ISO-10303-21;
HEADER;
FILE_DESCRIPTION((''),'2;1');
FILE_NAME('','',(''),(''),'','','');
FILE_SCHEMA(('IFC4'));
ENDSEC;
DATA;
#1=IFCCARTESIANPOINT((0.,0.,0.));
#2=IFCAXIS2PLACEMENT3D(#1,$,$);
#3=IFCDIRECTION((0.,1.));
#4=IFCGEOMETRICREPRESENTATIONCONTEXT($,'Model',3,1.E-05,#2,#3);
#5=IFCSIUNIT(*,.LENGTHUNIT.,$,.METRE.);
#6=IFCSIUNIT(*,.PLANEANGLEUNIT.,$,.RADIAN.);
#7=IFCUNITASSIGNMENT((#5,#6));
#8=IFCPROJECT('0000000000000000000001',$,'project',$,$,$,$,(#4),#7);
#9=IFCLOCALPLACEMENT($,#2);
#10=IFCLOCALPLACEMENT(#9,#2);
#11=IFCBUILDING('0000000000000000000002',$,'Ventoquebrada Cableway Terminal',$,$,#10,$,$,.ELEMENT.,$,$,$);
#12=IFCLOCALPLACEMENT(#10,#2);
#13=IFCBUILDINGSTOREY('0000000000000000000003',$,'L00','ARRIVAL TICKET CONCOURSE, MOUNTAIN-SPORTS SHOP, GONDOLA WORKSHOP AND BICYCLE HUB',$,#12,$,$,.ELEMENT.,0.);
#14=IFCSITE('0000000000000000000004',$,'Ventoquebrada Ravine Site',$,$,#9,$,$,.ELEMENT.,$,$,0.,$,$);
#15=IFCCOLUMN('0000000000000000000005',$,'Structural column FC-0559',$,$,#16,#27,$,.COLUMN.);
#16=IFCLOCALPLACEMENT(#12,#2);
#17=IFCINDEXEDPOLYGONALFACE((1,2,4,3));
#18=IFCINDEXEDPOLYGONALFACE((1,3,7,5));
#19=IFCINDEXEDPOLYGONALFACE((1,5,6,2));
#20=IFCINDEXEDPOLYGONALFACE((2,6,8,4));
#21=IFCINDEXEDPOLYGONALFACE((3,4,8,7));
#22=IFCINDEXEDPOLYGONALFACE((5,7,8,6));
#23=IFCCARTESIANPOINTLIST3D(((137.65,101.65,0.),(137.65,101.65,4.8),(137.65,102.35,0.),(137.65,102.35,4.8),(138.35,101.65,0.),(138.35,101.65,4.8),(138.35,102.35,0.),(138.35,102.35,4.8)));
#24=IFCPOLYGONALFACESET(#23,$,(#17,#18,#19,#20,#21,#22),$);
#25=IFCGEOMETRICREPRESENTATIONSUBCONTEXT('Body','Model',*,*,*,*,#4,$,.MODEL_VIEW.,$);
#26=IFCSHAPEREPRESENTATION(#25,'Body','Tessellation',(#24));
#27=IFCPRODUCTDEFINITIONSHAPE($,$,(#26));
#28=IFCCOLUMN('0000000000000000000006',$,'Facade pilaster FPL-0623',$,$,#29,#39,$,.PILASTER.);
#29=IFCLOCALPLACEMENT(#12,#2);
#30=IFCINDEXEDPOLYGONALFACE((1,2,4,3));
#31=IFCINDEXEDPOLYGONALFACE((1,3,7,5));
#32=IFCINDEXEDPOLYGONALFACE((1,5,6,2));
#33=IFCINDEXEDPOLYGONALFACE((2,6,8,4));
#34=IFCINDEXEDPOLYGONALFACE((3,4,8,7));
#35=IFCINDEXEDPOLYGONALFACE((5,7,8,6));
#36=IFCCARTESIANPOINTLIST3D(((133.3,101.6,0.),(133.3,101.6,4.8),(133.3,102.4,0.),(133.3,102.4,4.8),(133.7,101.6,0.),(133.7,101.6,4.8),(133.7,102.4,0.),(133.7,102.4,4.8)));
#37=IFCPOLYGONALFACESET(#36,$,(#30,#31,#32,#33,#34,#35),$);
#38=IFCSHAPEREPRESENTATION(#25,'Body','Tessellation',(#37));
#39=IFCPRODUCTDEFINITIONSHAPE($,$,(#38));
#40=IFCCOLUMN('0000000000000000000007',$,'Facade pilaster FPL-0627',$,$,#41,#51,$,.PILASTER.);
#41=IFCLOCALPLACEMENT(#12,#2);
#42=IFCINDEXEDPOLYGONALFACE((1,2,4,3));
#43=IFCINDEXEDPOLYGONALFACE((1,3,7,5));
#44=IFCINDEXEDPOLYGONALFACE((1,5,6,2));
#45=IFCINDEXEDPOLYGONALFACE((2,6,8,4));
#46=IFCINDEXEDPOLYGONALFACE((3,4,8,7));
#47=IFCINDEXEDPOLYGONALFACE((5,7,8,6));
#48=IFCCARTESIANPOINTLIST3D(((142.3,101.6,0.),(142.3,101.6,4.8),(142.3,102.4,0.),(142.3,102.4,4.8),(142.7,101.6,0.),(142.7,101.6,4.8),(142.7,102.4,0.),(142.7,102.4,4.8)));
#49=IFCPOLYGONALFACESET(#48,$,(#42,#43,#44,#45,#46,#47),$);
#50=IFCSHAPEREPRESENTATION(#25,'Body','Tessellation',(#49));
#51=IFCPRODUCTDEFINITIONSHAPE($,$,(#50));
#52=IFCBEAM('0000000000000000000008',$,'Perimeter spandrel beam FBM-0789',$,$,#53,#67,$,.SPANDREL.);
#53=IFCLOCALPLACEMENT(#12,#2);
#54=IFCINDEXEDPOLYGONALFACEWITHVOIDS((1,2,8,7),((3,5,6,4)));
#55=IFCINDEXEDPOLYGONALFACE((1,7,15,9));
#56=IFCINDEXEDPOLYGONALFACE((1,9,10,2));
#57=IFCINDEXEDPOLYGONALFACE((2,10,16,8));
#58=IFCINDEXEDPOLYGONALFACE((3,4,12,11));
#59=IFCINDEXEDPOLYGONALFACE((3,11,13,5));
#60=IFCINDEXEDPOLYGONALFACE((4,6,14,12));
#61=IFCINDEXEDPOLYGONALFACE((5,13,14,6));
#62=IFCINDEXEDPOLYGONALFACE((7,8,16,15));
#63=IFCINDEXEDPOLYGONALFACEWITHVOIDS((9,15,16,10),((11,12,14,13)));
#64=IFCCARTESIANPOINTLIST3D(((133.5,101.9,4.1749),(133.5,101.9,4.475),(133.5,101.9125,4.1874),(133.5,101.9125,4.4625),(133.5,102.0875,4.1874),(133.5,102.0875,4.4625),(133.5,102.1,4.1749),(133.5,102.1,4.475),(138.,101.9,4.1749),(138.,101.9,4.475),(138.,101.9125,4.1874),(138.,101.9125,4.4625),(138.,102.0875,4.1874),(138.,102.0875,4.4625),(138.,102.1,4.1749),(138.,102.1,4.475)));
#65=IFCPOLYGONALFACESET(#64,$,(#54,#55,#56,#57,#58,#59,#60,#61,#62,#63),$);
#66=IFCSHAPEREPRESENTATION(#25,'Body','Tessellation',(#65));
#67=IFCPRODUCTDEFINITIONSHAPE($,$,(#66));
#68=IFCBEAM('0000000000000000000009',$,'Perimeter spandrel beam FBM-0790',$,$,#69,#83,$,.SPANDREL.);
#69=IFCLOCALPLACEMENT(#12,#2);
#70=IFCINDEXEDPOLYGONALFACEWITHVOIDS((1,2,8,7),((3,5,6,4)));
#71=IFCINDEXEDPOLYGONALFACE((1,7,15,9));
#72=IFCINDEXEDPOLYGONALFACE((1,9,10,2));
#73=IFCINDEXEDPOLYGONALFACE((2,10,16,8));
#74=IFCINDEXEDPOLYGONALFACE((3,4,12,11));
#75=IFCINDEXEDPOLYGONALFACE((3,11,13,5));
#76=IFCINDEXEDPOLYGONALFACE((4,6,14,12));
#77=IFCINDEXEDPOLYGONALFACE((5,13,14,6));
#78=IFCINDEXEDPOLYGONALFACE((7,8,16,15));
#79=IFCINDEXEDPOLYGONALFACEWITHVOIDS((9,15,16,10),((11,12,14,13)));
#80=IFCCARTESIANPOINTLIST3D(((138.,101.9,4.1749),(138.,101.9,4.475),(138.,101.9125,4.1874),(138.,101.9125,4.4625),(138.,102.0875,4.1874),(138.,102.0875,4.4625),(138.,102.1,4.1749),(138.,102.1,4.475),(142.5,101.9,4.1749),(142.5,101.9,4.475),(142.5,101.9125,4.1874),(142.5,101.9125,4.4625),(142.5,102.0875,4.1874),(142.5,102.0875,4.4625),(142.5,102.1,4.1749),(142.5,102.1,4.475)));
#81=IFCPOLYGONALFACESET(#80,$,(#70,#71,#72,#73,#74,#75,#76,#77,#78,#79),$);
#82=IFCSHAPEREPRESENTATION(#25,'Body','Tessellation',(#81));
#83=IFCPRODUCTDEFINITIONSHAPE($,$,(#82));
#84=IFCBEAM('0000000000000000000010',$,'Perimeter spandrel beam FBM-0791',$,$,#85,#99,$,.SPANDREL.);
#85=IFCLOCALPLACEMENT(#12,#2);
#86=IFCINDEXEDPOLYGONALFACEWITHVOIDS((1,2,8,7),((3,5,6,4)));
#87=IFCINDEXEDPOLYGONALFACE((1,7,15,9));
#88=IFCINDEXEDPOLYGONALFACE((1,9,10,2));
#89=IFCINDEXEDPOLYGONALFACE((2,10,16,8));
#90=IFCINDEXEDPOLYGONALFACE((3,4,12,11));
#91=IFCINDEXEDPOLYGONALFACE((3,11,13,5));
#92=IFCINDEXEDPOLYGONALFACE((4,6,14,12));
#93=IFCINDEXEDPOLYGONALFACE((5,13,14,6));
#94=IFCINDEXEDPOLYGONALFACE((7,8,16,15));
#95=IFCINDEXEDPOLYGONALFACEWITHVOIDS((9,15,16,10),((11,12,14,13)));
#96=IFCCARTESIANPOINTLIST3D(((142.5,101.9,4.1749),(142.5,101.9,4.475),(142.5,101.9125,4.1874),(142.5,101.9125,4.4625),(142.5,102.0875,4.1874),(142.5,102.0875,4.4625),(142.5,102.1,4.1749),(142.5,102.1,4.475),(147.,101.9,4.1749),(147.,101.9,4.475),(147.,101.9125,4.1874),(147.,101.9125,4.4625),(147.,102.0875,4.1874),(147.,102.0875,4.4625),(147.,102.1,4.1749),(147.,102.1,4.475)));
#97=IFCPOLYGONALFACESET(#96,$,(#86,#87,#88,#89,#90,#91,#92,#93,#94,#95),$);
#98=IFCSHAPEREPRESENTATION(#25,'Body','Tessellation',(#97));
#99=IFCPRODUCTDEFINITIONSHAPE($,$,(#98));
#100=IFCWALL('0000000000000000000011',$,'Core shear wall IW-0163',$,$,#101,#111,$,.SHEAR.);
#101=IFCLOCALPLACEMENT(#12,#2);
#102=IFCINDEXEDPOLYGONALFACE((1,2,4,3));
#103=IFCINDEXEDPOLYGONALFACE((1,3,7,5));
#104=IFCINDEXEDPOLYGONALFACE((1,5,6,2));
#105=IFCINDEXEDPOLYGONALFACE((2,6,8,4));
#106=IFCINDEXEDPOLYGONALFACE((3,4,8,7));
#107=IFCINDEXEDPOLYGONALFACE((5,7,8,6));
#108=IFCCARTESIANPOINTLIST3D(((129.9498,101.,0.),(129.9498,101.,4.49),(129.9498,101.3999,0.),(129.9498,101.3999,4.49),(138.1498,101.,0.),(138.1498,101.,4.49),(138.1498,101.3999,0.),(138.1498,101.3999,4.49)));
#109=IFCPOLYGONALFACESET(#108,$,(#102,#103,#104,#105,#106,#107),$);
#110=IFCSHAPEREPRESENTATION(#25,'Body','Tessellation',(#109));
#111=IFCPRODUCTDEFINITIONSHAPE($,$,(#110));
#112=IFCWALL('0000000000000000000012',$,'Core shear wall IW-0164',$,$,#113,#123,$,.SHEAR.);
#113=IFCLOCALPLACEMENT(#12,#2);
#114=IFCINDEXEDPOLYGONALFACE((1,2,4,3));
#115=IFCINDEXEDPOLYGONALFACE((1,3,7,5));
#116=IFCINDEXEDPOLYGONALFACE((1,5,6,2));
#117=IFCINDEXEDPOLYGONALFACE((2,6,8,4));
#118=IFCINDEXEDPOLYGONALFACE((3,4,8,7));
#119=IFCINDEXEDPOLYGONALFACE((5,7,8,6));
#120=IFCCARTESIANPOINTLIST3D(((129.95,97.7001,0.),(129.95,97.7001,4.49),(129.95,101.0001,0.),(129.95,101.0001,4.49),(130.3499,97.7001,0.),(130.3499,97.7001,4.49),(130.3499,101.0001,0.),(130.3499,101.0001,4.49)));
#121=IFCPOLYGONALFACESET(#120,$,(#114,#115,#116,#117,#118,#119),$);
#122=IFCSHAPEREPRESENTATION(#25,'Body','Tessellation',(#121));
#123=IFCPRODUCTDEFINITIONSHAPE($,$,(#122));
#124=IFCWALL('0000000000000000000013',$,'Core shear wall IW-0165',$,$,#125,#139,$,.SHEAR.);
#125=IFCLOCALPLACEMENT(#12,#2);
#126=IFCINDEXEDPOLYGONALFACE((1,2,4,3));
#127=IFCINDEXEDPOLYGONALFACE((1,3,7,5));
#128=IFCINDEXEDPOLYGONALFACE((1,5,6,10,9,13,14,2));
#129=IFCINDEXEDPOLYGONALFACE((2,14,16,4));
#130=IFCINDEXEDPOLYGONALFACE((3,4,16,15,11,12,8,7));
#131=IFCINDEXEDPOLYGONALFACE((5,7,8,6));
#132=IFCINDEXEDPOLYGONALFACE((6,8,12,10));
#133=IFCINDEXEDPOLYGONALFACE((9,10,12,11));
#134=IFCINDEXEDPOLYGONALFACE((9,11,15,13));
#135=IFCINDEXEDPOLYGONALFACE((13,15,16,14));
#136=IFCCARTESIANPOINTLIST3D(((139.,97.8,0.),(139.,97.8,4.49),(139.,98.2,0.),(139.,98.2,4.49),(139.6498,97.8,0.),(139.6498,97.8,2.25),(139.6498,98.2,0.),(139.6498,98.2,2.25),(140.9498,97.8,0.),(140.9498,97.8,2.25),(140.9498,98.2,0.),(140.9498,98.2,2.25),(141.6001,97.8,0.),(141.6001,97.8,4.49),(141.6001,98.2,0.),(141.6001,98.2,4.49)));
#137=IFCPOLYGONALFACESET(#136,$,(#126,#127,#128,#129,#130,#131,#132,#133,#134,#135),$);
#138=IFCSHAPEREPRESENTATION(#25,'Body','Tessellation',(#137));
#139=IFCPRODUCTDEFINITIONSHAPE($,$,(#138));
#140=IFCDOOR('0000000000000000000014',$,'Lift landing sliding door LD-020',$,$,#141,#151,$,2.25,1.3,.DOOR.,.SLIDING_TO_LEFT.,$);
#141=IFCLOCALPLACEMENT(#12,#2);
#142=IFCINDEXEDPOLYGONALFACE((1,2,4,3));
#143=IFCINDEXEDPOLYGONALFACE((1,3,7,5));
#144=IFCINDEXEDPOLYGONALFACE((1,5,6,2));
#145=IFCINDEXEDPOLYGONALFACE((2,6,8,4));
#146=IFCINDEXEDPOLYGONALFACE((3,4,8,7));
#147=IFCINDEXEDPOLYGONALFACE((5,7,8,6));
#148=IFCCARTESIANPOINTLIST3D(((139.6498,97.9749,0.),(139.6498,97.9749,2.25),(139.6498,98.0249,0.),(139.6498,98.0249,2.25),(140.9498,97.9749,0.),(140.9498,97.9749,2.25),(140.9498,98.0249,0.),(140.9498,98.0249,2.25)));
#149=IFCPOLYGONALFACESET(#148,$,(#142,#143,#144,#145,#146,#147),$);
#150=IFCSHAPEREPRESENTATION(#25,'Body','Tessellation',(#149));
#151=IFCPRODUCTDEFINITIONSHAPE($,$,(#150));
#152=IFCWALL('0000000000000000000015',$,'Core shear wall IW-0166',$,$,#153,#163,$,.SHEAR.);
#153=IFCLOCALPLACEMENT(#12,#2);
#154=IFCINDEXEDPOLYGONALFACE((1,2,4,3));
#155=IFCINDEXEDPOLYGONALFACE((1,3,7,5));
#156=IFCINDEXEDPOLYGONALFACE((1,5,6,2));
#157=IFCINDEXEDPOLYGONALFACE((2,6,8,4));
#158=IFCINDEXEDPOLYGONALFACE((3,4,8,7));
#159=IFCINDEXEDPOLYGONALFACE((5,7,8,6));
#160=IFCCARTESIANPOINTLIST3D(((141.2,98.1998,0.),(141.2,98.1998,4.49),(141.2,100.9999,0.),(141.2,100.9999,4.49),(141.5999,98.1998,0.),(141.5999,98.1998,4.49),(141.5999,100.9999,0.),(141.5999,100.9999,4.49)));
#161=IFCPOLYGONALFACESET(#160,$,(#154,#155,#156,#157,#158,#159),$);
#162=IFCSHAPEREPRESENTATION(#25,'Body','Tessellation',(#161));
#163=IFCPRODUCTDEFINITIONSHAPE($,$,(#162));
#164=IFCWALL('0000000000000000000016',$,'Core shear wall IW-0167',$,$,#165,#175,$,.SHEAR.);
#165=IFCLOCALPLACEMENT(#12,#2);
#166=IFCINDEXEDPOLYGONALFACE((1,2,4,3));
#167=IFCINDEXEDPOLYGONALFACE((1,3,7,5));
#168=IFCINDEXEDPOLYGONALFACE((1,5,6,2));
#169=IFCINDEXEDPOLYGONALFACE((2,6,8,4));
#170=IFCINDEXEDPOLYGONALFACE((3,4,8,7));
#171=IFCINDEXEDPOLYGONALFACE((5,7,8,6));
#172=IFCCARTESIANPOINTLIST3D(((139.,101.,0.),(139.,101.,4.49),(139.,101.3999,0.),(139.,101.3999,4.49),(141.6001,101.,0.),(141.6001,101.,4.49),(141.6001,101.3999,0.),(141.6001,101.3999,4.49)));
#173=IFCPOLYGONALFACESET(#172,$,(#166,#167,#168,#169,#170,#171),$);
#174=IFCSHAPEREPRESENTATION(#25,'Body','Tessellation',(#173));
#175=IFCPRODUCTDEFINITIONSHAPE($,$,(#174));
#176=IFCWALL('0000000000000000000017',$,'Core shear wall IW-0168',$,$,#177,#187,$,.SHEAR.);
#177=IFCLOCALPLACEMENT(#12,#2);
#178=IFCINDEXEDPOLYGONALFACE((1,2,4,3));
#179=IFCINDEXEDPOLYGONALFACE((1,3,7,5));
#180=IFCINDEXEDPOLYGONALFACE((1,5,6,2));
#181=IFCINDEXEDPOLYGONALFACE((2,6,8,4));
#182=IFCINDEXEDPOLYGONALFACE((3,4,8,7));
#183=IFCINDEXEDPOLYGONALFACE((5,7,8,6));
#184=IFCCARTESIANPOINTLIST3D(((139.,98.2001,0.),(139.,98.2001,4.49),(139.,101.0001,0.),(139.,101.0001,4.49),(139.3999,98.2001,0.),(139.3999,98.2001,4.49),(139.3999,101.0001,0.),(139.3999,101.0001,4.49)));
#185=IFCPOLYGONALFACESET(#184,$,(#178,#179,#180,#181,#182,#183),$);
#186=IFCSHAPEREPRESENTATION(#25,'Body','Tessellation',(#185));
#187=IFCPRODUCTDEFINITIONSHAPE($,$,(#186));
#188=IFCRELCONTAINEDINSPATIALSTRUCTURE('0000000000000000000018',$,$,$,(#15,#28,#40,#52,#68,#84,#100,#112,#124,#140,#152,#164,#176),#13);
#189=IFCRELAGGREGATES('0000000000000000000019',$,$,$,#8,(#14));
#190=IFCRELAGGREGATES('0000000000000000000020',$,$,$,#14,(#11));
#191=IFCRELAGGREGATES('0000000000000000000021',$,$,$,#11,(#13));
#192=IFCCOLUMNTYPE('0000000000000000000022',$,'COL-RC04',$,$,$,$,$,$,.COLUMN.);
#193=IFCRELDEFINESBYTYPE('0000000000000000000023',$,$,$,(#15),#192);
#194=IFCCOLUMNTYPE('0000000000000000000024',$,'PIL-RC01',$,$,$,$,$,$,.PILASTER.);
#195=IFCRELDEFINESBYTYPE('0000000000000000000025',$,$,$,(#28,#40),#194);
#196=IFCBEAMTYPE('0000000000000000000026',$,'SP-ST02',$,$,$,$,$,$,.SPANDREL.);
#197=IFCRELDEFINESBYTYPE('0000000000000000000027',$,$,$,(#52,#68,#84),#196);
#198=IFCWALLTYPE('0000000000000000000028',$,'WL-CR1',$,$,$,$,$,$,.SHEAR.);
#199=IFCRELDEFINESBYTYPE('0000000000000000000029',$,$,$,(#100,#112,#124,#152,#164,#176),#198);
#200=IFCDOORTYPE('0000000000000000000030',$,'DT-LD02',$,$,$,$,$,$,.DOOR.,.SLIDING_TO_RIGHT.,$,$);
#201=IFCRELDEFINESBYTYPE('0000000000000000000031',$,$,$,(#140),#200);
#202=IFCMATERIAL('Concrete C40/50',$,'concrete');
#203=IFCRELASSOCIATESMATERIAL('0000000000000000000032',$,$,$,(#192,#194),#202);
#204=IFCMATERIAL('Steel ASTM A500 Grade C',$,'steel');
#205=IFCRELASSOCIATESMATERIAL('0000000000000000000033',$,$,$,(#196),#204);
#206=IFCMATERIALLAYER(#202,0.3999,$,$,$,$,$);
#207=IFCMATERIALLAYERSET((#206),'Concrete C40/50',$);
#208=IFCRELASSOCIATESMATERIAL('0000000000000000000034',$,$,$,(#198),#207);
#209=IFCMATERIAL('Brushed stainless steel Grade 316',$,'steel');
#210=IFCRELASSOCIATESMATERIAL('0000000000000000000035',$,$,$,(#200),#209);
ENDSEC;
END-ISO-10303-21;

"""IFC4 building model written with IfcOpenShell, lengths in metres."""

from ifc_helpers import new_model, si_unit, direction, frame, frame_2d, origin, origin_2d, place, context, subcontext, project, spatial, rectangle, hollow_rectangle, extrude, material, layer, layer_set, material_profile, profile_set, type_object, element, fill, save


model = new_model("IFC4")

# Units and contexts
model_context = context("Model", 3, precision=1e-05, world=origin(), true_north=direction((0.0, 1.0)))
body_context = subcontext(model_context, "Body", "Model", "MODEL_VIEW")
ifc_project = project(units=[si_unit("LENGTHUNIT", "METRE"), si_unit("PLANEANGLEUNIT", "RADIAN")], contexts=[model_context])

# Site, building, storey
site_placement = place(None, origin())
site = spatial("IfcSite", under=ifc_project, at=site_placement, Name="Ventoquebrada Ravine Site", CompositionType="ELEMENT", RefElevation=0.0)
building_placement = place(site_placement, origin())
building = spatial("IfcBuilding", under=site, at=building_placement, Name="Ventoquebrada Cableway Terminal", CompositionType="ELEMENT")
storey_placement = place(building_placement, origin())
storey = spatial("IfcBuildingStorey", under=building, at=storey_placement, Name="L00", Description="ARRIVAL TICKET CONCOURSE, MOUNTAIN-SPORTS SHOP, GONDOLA WORKSHOP AND BICYCLE HUB", CompositionType="ELEMENT", Elevation=0.0)

# Columns
ifc_material_1 = material(Name="Concrete C40/50", Category="concrete")
ifc_material_profile_1 = material_profile(ifc_material_1, rectangle(XDim=0.7, YDim=0.7, at=origin_2d()), Name="RC-COL-700X700")
ifc_profile_set_1 = profile_set([ifc_material_profile_1], Name="Concrete C40/50")
column_type_1 = type_object("IfcColumnType", Name="COL-RC04", PredefinedType="COLUMN", material=ifc_profile_set_1)
column_placement = place(storey_placement, frame((138.0, 102.0, 0.0), z_axis=(0.0, 0.0, 1.0), x_axis=(1.0, 0.0, 0.0)))
element("IfcColumn", 1, at=column_placement, inside=storey, type_object=column_type_1, Name="Structural column FC-0559", PredefinedType="COLUMN", context=body_context, shape_type="SweptSolid", body=[
    extrude(rectangle(XDim=0.7, YDim=0.7, at=origin_2d()), origin(), (0.0, 0.0, 1.0), 4.8),
])
ifc_material_profile_2 = material_profile(ifc_material_1, rectangle(XDim=0.3999, YDim=0.8, at=origin_2d()), Name="RC-PIL-400X800")
ifc_profile_set_2 = profile_set([ifc_material_profile_2], Name="Concrete C40/50")
column_type_2 = type_object("IfcColumnType", Name="PIL-RC01", PredefinedType="PILASTER", material=ifc_profile_set_2)
for number, where, z_axis, x_axis, name in (
    (2, (133.5, 102.0, 0.0), (0.0, 0.0, 1.0), (1.0, 0.0, 0.0), "Facade pilaster FPL-0623"),
    (3, (142.5, 102.0, 0.0), (0.0, 0.0, 1.0), (1.0, 0.0, 0.0), "Facade pilaster FPL-0627"),
):
    element("IfcColumn", number, at=place(storey_placement, frame(where, z_axis=z_axis, x_axis=x_axis)), inside=storey, type_object=column_type_2, Name=name, PredefinedType="PILASTER", context=body_context, shape_type="SweptSolid", body=[
        extrude(rectangle(XDim=0.3999, YDim=0.8, at=origin_2d()), origin(), (0.0, 0.0, 1.0), 4.8),
    ])

# Beams
ifc_material_2 = material(Name="Steel ASTM A500 Grade C", Category="steel")
ifc_material_profile_3 = material_profile(ifc_material_2, hollow_rectangle(XDim=0.2, YDim=0.3, WallThickness=0.0125, at=origin_2d()), Name="RHS300X200X12.5")
ifc_profile_set_3 = profile_set([ifc_material_profile_3], Name="Steel ASTM A500 Grade C")
beam_type = type_object("IfcBeamType", Name="SP-ST02", PredefinedType="SPANDREL", material=ifc_profile_set_3)
for number, where, z_axis, x_axis, name in (
    (4, (133.5, 102.0, 4.325), (1.0, 0.0, 0.0), (0.0, 1.0, 0.0), "Perimeter spandrel beam FBM-0789"),
    (5, (138.0, 102.0, 4.325), (1.0, 0.0, 0.0), (0.0, 1.0, 0.0), "Perimeter spandrel beam FBM-0790"),
    (6, (142.5, 102.0, 4.325), (1.0, 0.0, 0.0), (0.0, 1.0, 0.0), "Perimeter spandrel beam FBM-0791"),
):
    element("IfcBeam", number, at=place(storey_placement, frame(where, z_axis=z_axis, x_axis=x_axis)), inside=storey, type_object=beam_type, Name=name, PredefinedType="SPANDREL", context=body_context, shape_type="SweptSolid", body=[
        extrude(hollow_rectangle(XDim=0.2, YDim=0.3, WallThickness=0.0125, at=origin_2d()), origin(), (0.0, 0.0, 1.0), 4.5),
    ])

# Walls
ifc_layer_1 = layer(ifc_material_1, 0.3999)
ifc_layer_set_1 = layer_set([ifc_layer_1], Name="Concrete C40/50")
wall_type_1 = type_object("IfcWallType", Name="WL-CR1", PredefinedType="SHEAR", material=ifc_layer_set_1)
wall_1_placement = place(storey_placement, frame((138.1499, 101.2, 0.0), z_axis=(0.0, 0.0, 1.0), x_axis=(-1.0, 0.0, 0.0)))
element("IfcWall", 7, at=wall_1_placement, inside=storey, type_object=wall_type_1, Name="Core shear wall IW-0163", PredefinedType="SHEAR", context=body_context, shape_type="SweptSolid", body=[
    extrude(rectangle(XDim=8.2, YDim=0.3999, at=frame_2d((4.1001, 0.0))), origin(), (0.0, 0.0, 1.0), 4.49),
])
wall_2_placement = place(storey_placement, frame((130.1499, 101.0, 0.0), z_axis=(0.0, 0.0, 1.0), x_axis=(0.0, -1.0, 0.0)))
element("IfcWall", 8, at=wall_2_placement, inside=storey, type_object=wall_type_1, Name="Core shear wall IW-0164", PredefinedType="SHEAR", context=body_context, shape_type="SweptSolid", body=[
    extrude(rectangle(XDim=3.3, YDim=0.3999, at=frame_2d((1.6499, 0.0))), origin(), (0.0, 0.0, 1.0), 4.49),
])

# Wall, opening, door
wall_3_placement = place(storey_placement, frame((139.0, 98.0, 0.0), z_axis=(0.0, 0.0, 1.0), x_axis=(1.0, 0.0, 0.0)))
wall_3 = element("IfcWall", 9, at=wall_3_placement, inside=storey, type_object=wall_type_1, Name="Core shear wall IW-0165", PredefinedType="SHEAR", context=body_context, shape_type="SweptSolid", body=[
    extrude(rectangle(XDim=2.6001, YDim=0.3999, at=frame_2d((1.3, 0.0))), origin(), (0.0, 0.0, 1.0), 4.49),
])
opening_1_placement = place(wall_3_placement, frame((0.6499, 0.0, 0.0)))
opening_1 = element("IfcOpeningElement", 10, at=opening_1_placement, cuts=wall_3, PredefinedType="OPENING", context=body_context, shape_type="SweptSolid", body=[
    extrude(rectangle(XDim=1.3, YDim=2.25, at=frame_2d((0.6499, 1.125))), frame((0.0, 0.21, 0.0), z_axis=(0.0, -1.0, 0.0), x_axis=(1.0, 0.0, 0.0)), (0.0, 0.0, 1.0), 0.4199),
])
ifc_material_3 = material(Name="Brushed stainless steel Grade 316", Category="steel")
door_type = type_object("IfcDoorType", Name="DT-LD02", OperationType="SLIDING_TO_RIGHT", PredefinedType="DOOR", material=ifc_material_3)
door_placement = place(opening_1_placement, origin())
door = element("IfcDoor", 11, at=door_placement, inside=storey, type_object=door_type, Name="Lift landing sliding door LD-020", OperationType="SLIDING_TO_LEFT", OverallHeight=2.25, OverallWidth=1.3, PredefinedType="DOOR", context=body_context, shape_type="SweptSolid", body=[
    extrude(rectangle(XDim=1.3, YDim=2.25, at=frame_2d((0.6499, 1.125))), frame((0.0, 0.0249, 0.0), z_axis=(0.0, -1.0, 0.0), x_axis=(1.0, 0.0, 0.0)), (0.0, 0.0, 1.0), 0.05),
])
fill(opening_1, door)

# Walls
wall_4_placement = place(storey_placement, frame((141.3999, 98.2, 0.0), z_axis=(0.0, 0.0, 1.0), x_axis=(0.0, 1.0, 0.0)))
element("IfcWall", 12, at=wall_4_placement, inside=storey, type_object=wall_type_1, Name="Core shear wall IW-0166", PredefinedType="SHEAR", context=body_context, shape_type="SweptSolid", body=[
    extrude(rectangle(XDim=2.8, YDim=0.3999, at=frame_2d((1.3999, 0.0))), origin(), (0.0, 0.0, 1.0), 4.49),
])
wall_5_placement = place(storey_placement, frame((141.6001, 101.2, 0.0), z_axis=(0.0, 0.0, 1.0), x_axis=(-1.0, 0.0, 0.0)))
element("IfcWall", 13, at=wall_5_placement, inside=storey, type_object=wall_type_1, Name="Core shear wall IW-0167", PredefinedType="SHEAR", context=body_context, shape_type="SweptSolid", body=[
    extrude(rectangle(XDim=2.6001, YDim=0.3999, at=frame_2d((1.3, 0.0))), origin(), (0.0, 0.0, 1.0), 4.49),
])
wall_6_placement = place(storey_placement, frame((139.2, 101.0, 0.0), z_axis=(0.0, 0.0, 1.0), x_axis=(0.0, -1.0, 0.0)))
element("IfcWall", 14, at=wall_6_placement, inside=storey, type_object=wall_type_1, Name="Core shear wall IW-0168", PredefinedType="SHEAR", context=body_context, shape_type="SweptSolid", body=[
    extrude(rectangle(XDim=2.8, YDim=0.3999, at=frame_2d((1.3999, 0.0))), origin(), (0.0, 0.0, 1.0), 4.49),
])

save(model, "model.ifc")
